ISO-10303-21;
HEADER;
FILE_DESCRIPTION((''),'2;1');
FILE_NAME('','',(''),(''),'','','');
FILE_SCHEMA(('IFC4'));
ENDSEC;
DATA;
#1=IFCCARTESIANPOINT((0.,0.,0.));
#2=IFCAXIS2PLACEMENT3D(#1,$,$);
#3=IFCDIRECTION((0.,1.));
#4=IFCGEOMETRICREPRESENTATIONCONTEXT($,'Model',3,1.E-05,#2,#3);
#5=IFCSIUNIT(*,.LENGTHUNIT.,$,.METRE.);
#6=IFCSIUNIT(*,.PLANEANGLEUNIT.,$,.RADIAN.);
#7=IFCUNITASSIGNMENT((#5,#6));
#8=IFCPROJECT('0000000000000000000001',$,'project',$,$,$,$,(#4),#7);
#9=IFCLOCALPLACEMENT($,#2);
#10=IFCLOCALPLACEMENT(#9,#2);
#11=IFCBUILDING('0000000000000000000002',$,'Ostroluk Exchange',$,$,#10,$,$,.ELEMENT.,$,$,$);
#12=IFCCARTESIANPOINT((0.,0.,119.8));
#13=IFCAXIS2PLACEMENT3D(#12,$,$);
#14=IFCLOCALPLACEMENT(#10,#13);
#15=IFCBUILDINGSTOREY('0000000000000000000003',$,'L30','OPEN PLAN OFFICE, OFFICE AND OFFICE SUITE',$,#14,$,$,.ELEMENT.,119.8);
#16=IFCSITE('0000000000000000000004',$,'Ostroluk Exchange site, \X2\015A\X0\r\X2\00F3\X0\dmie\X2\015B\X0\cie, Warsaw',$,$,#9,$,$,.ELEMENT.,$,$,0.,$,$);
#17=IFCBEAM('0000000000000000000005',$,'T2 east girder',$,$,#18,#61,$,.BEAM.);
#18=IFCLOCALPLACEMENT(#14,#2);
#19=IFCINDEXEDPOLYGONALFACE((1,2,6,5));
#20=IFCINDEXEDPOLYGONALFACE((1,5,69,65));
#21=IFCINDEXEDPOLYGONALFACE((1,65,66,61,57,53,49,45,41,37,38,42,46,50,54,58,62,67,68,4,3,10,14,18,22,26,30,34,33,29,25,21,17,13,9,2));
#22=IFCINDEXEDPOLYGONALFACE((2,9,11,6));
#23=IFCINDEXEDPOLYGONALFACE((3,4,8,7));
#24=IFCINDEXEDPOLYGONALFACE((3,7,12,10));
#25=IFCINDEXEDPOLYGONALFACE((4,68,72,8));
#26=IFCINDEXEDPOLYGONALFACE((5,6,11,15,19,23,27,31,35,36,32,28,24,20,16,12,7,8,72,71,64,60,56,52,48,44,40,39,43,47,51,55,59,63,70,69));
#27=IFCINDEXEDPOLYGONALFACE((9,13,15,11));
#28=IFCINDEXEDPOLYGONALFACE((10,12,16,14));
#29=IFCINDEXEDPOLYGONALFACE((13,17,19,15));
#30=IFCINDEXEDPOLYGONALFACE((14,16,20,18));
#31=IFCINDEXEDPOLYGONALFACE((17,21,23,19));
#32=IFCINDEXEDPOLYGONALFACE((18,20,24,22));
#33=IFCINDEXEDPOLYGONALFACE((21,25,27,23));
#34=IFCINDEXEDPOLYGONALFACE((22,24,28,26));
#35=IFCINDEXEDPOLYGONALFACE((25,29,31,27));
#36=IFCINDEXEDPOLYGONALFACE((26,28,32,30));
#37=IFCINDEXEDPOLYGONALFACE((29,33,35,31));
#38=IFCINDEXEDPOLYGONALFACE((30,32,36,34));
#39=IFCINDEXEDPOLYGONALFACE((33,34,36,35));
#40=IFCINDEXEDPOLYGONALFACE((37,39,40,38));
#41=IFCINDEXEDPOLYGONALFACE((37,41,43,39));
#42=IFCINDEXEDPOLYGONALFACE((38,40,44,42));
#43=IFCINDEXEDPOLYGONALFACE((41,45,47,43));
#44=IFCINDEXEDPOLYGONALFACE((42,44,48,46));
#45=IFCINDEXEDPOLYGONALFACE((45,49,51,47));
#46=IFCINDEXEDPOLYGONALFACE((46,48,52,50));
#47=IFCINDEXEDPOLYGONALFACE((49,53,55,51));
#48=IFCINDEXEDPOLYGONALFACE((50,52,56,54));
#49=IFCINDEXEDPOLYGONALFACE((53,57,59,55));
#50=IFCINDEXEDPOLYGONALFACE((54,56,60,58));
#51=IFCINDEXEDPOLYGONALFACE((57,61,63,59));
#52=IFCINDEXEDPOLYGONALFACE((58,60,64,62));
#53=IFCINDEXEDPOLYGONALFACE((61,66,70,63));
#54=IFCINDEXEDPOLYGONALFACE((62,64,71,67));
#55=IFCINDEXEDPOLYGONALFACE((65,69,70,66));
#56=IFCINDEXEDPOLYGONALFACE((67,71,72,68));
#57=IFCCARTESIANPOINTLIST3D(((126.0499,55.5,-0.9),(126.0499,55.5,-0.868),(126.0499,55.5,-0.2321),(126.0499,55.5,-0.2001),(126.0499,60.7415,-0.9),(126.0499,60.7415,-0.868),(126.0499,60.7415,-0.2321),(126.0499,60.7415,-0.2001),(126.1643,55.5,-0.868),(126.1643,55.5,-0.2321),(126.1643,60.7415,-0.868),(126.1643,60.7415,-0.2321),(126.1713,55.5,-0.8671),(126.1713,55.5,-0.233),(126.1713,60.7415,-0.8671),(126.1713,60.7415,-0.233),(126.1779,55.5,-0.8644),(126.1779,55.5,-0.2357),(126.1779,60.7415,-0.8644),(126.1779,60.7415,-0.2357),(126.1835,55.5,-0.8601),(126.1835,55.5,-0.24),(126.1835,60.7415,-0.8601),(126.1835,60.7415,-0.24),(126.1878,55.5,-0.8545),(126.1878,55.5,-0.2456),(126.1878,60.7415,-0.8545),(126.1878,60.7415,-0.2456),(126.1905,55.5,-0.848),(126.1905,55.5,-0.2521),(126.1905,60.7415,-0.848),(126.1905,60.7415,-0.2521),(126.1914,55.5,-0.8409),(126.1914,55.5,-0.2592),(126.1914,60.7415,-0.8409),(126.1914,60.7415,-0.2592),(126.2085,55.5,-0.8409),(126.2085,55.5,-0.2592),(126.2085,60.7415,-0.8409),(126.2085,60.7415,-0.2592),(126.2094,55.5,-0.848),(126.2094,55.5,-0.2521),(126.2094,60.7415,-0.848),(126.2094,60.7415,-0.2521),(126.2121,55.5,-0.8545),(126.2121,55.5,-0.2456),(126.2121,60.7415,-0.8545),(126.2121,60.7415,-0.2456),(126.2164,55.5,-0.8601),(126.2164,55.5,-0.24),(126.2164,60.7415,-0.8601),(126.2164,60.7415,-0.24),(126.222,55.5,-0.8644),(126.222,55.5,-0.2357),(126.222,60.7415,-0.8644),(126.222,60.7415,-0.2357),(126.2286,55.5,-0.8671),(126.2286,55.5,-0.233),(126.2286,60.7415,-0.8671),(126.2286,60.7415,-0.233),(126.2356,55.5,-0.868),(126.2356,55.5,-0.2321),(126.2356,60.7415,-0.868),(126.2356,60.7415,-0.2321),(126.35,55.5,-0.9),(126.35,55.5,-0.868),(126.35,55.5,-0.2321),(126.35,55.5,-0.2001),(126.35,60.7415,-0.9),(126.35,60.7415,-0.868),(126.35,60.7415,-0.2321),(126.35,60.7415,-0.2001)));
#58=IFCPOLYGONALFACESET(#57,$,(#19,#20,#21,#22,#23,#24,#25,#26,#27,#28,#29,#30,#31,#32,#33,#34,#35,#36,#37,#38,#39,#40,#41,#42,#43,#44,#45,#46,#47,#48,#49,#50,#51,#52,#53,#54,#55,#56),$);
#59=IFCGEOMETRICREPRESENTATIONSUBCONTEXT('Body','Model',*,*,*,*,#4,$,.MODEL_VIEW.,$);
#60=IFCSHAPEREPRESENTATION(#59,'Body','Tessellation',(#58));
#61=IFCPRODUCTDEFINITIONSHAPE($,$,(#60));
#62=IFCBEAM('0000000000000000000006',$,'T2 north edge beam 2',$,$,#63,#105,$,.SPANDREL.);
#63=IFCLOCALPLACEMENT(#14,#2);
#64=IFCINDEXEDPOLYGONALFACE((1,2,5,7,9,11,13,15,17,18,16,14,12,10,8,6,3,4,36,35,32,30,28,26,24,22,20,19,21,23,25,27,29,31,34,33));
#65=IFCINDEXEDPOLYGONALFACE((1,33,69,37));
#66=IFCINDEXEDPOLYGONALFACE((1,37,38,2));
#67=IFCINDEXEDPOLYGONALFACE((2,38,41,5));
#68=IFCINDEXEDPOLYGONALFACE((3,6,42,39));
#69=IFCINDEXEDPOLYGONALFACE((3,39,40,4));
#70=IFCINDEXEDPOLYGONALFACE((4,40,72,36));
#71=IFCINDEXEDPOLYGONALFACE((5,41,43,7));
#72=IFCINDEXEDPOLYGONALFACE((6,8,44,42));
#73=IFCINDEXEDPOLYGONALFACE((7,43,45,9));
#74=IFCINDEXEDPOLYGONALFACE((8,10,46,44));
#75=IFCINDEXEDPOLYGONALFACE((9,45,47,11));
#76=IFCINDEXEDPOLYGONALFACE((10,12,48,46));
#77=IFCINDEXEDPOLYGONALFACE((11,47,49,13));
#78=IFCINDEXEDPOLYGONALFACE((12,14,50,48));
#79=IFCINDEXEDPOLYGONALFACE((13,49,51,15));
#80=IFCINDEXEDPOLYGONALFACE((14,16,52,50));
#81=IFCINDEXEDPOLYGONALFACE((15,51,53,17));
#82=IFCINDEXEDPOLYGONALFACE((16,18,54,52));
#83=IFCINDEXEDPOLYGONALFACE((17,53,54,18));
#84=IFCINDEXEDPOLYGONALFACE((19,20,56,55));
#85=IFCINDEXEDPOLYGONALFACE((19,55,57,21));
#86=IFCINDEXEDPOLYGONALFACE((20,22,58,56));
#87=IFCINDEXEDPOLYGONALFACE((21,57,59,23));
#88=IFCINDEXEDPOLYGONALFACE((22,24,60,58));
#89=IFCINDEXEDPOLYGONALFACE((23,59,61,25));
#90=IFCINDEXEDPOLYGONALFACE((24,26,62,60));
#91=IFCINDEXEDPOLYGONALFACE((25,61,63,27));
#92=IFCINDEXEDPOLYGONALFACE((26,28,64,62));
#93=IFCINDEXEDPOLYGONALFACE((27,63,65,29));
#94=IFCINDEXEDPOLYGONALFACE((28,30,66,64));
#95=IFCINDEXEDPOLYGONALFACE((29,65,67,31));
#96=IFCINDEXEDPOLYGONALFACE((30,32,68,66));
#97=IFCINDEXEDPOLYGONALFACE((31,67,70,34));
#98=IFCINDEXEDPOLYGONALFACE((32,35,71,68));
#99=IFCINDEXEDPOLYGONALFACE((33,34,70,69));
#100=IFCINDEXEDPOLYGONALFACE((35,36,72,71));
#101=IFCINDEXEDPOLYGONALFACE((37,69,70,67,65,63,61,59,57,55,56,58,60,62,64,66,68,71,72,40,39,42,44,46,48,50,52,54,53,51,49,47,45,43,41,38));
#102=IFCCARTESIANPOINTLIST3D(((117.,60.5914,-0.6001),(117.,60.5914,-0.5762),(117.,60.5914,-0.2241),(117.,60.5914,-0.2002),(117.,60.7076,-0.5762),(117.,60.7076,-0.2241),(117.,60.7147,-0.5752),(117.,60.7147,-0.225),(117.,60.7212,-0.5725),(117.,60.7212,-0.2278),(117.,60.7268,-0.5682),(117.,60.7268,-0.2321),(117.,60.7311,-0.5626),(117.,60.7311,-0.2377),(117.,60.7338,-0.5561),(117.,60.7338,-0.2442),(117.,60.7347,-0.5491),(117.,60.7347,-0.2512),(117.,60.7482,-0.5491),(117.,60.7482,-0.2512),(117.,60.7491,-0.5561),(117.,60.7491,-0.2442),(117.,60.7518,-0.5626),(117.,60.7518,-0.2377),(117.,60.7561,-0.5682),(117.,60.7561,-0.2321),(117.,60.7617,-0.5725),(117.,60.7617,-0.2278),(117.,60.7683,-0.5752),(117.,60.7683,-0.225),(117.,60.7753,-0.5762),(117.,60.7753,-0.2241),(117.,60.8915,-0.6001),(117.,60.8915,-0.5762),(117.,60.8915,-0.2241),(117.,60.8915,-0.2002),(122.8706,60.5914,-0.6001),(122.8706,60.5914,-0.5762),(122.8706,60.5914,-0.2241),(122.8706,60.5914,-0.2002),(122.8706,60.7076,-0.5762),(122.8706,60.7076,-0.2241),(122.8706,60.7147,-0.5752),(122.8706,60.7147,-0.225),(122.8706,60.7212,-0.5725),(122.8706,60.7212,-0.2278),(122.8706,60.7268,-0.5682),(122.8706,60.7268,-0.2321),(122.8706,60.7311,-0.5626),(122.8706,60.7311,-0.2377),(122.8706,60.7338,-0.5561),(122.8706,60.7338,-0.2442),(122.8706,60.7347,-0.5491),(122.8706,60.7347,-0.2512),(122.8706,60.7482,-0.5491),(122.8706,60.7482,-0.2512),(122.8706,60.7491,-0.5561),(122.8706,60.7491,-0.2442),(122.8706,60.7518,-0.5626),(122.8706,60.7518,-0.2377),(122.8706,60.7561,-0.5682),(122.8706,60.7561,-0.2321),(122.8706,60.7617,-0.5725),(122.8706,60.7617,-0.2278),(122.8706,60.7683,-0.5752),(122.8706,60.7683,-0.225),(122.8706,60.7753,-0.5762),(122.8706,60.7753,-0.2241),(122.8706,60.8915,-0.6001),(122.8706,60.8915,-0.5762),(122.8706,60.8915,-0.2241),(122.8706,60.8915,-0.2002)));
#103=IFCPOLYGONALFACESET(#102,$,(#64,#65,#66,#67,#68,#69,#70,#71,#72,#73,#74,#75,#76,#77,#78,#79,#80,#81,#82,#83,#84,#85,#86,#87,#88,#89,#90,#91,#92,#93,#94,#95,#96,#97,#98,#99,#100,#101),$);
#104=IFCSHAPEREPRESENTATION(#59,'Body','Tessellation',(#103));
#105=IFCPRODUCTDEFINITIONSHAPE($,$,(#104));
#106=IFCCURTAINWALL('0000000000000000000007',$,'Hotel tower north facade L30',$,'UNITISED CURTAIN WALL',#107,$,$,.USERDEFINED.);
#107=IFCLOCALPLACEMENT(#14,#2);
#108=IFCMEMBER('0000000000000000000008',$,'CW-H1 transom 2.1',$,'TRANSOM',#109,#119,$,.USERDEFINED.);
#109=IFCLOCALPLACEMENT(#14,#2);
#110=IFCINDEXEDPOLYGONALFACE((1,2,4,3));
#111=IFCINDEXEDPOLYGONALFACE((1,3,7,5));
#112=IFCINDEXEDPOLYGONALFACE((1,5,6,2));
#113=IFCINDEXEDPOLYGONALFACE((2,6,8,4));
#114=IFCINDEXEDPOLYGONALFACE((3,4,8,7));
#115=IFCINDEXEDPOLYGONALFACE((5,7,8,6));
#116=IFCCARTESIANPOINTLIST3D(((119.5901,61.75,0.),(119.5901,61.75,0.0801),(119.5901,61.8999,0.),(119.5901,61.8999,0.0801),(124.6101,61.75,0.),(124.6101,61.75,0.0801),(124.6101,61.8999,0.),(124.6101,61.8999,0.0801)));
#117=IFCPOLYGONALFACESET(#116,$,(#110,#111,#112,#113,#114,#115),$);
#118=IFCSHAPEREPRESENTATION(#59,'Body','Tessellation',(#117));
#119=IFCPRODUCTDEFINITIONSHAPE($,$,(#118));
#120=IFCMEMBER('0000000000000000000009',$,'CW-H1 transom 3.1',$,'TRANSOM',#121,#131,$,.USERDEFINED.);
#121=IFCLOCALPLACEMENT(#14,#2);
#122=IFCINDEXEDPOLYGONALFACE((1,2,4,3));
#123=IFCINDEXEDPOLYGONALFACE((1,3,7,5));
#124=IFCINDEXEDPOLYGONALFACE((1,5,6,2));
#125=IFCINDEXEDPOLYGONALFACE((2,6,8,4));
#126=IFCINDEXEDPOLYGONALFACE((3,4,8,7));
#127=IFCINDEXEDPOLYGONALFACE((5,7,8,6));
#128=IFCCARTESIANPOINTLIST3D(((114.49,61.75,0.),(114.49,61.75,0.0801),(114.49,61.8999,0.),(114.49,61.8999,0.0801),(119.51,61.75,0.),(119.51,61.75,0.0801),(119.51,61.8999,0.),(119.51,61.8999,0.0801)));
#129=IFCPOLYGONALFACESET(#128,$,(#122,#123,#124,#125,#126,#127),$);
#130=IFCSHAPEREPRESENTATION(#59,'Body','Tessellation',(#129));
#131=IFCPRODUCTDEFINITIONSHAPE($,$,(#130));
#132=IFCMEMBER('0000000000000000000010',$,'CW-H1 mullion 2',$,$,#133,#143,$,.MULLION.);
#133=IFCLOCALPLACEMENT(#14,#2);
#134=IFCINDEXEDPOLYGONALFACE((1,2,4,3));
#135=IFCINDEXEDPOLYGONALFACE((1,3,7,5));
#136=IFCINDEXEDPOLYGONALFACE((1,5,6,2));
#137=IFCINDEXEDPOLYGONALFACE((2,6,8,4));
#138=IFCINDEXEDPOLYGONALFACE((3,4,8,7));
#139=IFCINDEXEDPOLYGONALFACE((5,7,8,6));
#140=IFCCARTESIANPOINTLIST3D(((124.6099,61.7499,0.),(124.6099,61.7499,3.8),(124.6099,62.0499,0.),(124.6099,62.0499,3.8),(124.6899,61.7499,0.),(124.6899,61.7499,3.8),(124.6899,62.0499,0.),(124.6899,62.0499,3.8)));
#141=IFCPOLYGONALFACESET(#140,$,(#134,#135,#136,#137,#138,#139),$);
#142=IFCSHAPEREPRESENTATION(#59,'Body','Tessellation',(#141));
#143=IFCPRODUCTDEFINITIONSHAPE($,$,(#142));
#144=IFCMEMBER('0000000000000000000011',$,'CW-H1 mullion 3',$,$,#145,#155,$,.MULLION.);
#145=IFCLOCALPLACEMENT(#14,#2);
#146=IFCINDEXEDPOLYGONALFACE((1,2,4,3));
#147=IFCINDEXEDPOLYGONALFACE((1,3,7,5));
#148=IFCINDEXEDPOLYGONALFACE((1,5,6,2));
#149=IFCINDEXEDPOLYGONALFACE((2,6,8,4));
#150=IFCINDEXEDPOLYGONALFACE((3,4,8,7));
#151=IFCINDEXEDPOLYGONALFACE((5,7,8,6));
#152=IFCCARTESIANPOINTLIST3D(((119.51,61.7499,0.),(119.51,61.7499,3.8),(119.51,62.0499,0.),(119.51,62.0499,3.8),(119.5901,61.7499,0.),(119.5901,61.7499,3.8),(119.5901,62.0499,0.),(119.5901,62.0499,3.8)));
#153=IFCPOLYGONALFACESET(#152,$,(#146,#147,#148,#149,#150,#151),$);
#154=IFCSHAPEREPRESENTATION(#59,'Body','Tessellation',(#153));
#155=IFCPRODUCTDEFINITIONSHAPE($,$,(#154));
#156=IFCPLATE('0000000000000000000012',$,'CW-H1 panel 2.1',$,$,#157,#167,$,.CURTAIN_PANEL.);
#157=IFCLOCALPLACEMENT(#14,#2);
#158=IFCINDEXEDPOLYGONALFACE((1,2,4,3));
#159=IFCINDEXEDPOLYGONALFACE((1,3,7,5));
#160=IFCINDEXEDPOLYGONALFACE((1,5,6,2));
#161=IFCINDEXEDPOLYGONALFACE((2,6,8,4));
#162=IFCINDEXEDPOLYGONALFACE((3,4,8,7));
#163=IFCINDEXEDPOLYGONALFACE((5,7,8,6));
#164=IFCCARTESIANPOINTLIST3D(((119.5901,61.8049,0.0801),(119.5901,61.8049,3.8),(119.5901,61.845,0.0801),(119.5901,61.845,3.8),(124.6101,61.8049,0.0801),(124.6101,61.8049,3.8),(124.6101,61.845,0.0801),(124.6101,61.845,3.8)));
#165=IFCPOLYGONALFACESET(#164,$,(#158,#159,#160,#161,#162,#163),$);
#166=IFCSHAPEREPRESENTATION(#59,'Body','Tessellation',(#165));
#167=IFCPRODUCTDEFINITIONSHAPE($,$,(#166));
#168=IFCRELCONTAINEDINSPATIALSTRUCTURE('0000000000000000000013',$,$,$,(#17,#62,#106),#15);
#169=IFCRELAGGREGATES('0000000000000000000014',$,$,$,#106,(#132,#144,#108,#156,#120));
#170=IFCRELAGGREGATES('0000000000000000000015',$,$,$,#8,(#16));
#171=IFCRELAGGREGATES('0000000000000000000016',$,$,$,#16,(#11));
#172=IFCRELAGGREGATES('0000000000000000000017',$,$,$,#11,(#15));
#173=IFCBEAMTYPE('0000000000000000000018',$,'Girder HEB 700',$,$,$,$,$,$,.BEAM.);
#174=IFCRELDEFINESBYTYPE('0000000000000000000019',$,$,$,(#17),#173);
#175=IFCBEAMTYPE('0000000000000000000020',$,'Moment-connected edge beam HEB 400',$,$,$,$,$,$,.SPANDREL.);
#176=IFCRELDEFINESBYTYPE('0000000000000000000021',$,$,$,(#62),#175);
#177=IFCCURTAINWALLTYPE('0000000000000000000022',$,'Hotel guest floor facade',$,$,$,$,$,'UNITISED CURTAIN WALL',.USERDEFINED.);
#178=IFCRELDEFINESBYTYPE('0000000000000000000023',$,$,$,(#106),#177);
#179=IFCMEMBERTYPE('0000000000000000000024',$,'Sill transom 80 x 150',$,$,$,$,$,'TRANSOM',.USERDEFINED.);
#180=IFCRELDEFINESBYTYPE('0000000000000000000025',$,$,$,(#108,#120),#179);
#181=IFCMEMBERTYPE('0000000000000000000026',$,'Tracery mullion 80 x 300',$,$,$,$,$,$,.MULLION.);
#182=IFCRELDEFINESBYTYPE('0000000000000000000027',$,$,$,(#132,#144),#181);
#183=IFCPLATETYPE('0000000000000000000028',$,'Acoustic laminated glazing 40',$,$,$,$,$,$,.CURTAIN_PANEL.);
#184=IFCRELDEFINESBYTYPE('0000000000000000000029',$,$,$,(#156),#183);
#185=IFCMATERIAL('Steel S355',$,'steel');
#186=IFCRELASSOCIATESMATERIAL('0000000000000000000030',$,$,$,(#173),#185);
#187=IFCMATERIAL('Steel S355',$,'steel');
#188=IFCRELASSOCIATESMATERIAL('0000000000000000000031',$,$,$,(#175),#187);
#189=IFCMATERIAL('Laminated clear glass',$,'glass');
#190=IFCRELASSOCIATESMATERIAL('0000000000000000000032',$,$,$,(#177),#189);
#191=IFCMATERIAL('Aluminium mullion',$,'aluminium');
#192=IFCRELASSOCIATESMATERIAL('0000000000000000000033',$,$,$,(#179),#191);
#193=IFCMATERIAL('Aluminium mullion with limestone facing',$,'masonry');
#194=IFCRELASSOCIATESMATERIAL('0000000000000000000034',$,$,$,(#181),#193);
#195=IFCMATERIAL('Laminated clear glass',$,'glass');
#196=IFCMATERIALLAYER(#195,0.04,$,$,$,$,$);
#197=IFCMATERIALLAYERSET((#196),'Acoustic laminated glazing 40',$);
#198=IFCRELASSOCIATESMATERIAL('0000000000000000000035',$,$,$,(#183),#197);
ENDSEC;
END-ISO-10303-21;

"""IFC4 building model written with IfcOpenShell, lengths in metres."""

from ifc_helpers import new_model, si_unit, direction, frame, origin, origin_2d, place, context, subcontext, project, spatial, rectangle, i_section, extrude, material, layer, layer_set, material_profile, profile_set, type_object, element, aggregate, save


model = new_model("IFC4")

# Units and contexts
model_context = context("Model", 3, precision=1e-05, world=origin(), true_north=direction((0.0, 1.0)))
body_context = subcontext(model_context, "Body", "Model", "MODEL_VIEW")
ifc_project = project(units=[si_unit("LENGTHUNIT", "METRE"), si_unit("PLANEANGLEUNIT", "RADIAN")], contexts=[model_context])

# Site, building, storey
site_placement = place(None, origin())
site = spatial("IfcSite", under=ifc_project, at=site_placement, Name="Ostroluk Exchange site, Śródmieście, Warsaw", CompositionType="ELEMENT", RefElevation=0.0)
building_placement = place(site_placement, origin())
building = spatial("IfcBuilding", under=site, at=building_placement, Name="Ostroluk Exchange", CompositionType="ELEMENT")
storey_placement = place(building_placement, frame((0.0, 0.0, 119.8)))
storey = spatial("IfcBuildingStorey", under=building, at=storey_placement, Name="L30", Description="OPEN PLAN OFFICE, OFFICE AND OFFICE SUITE", CompositionType="ELEMENT", Elevation=119.8)

# Beams
ifc_material_1 = material(Name="Steel S355", Category="steel")
ifc_material_profile_1 = material_profile(ifc_material_1, i_section(OverallWidth=0.3, OverallDepth=0.7, WebThickness=0.0171, FlangeThickness=0.032, FilletRadius=0.0271, at=origin_2d()), Name="HEB 700")
ifc_profile_set_1 = profile_set([ifc_material_profile_1], Name="Steel S355")
beam_type_1 = type_object("IfcBeamType", Name="Girder HEB 700", PredefinedType="BEAM", material=ifc_profile_set_1)
beam_1_placement = place(storey_placement, frame((126.2, 55.5, -0.55), z_axis=(0.0, 1.0, 0.0), x_axis=(-1.0, 0.0, 0.0)))
element("IfcBeam", 1, at=beam_1_placement, inside=storey, type_object=beam_type_1, Name="T2 east girder", PredefinedType="BEAM", context=body_context, shape_type="SweptSolid", body=[
    extrude(i_section(OverallWidth=0.3, OverallDepth=0.7, WebThickness=0.0171, FlangeThickness=0.032, FilletRadius=0.0271, at=origin_2d()), origin(), (0.0, 0.0, 1.0), 5.2415),
])
ifc_material_2 = material(Name="Steel S355", Category="steel")
ifc_material_profile_2 = material_profile(ifc_material_2, i_section(OverallWidth=0.3, OverallDepth=0.3999, WebThickness=0.0134, FlangeThickness=0.0239, FilletRadius=0.0271, at=origin_2d()), Name="HEB 400")
ifc_profile_set_2 = profile_set([ifc_material_profile_2], Name="Steel S355")
beam_type_2 = type_object("IfcBeamType", Name="Moment-connected edge beam HEB 400", PredefinedType="SPANDREL", material=ifc_profile_set_2)
beam_2_placement = place(storey_placement, frame((122.8706, 60.7415, -0.4001), z_axis=(-1.0, 0.0, 0.0), x_axis=(0.0, -1.0, 0.0)))
element("IfcBeam", 2, at=beam_2_placement, inside=storey, type_object=beam_type_2, Name="T2 north edge beam 2", PredefinedType="SPANDREL", context=body_context, shape_type="SweptSolid", body=[
    extrude(i_section(OverallWidth=0.3, OverallDepth=0.3999, WebThickness=0.0134, FlangeThickness=0.0239, FilletRadius=0.0271, at=origin_2d()), origin(), (0.0, 0.0, 1.0), 5.8706),
])

# Curtain wall, members, plate
ifc_material_3 = material(Name="Laminated clear glass", Category="glass")
curtain_wall_type = type_object("IfcCurtainWallType", Name="Hotel guest floor facade", ElementType="UNITISED CURTAIN WALL", PredefinedType="USERDEFINED", material=ifc_material_3)
curtain_wall_placement = place(storey_placement, origin())
curtain_wall = element("IfcCurtainWall", 3, at=curtain_wall_placement, inside=storey, type_object=curtain_wall_type, Name="Hotel tower north facade L30", ObjectType="UNITISED CURTAIN WALL", PredefinedType="USERDEFINED")
ifc_material_4 = material(Name="Aluminium mullion", Category="aluminium")
ifc_material_profile_3 = material_profile(ifc_material_4, rectangle(XDim=0.1499, YDim=0.0801, at=origin_2d()), Name="Sill transom 80 x 150")
ifc_profile_set_3 = profile_set([ifc_material_profile_3], Name="Aluminium mullion")
member_type_1 = type_object("IfcMemberType", Name="Sill transom 80 x 150", ElementType="TRANSOM", PredefinedType="USERDEFINED", material=ifc_profile_set_3)
member_1_placement = place(storey_placement, frame((124.6101, 61.825, 0.04), z_axis=(-1.0, 0.0, 0.0), x_axis=(0.0, -1.0, 0.0)))
member_1 = element("IfcMember", 4, at=member_1_placement, type_object=member_type_1, Name="CW-H1 transom 2.1", ObjectType="TRANSOM", PredefinedType="USERDEFINED", context=body_context, shape_type="SweptSolid", body=[
    extrude(rectangle(XDim=0.1499, YDim=0.0801, at=origin_2d()), origin(), (0.0, 0.0, 1.0), 5.02),
])
member_2_placement = place(storey_placement, frame((119.51, 61.825, 0.04), z_axis=(-1.0, 0.0, 0.0), x_axis=(0.0, -1.0, 0.0)))
member_2 = element("IfcMember", 5, at=member_2_placement, type_object=member_type_1, Name="CW-H1 transom 3.1", ObjectType="TRANSOM", PredefinedType="USERDEFINED", context=body_context, shape_type="SweptSolid", body=[
    extrude(rectangle(XDim=0.1499, YDim=0.0801, at=origin_2d()), origin(), (0.0, 0.0, 1.0), 5.02),
])
ifc_material_5 = material(Name="Aluminium mullion with limestone facing", Category="masonry")
ifc_material_profile_4 = material_profile(ifc_material_5, rectangle(XDim=0.3, YDim=0.0801, at=origin_2d()), Name="Tracery mullion 80 x 300")
ifc_profile_set_4 = profile_set([ifc_material_profile_4], Name="Aluminium mullion with limestone facing")
member_type_2 = type_object("IfcMemberType", Name="Tracery mullion 80 x 300", PredefinedType="MULLION", material=ifc_profile_set_4)
member_3_placement = place(storey_placement, frame((124.6499, 61.8999, 0.0), z_axis=(0.0, 0.0, 1.0), x_axis=(0.0, -1.0, 0.0)))
member_3 = element("IfcMember", 6, at=member_3_placement, type_object=member_type_2, Name="CW-H1 mullion 2", PredefinedType="MULLION", context=body_context, shape_type="SweptSolid", body=[
    extrude(rectangle(XDim=0.3, YDim=0.0801, at=origin_2d()), origin(), (0.0, 0.0, 1.0), 3.8),
])
member_4_placement = place(storey_placement, frame((119.55, 61.8999, 0.0), z_axis=(0.0, 0.0, 1.0), x_axis=(0.0, -1.0, 0.0)))
member_4 = element("IfcMember", 7, at=member_4_placement, type_object=member_type_2, Name="CW-H1 mullion 3", PredefinedType="MULLION", context=body_context, shape_type="SweptSolid", body=[
    extrude(rectangle(XDim=0.3, YDim=0.0801, at=origin_2d()), origin(), (0.0, 0.0, 1.0), 3.8),
])
ifc_material_6 = material(Name="Laminated clear glass", Category="glass")
ifc_layer_1 = layer(ifc_material_6, 0.04)
ifc_layer_set_1 = layer_set([ifc_layer_1], Name="Acoustic laminated glazing 40")
plate_type = type_object("IfcPlateType", Name="Acoustic laminated glazing 40", PredefinedType="CURTAIN_PANEL", material=ifc_layer_set_1)
plate_placement = place(storey_placement, frame((122.1001, 61.825, 0.0801), z_axis=(0.0, 0.0, 1.0), x_axis=(-1.0, 0.0, 0.0)))
plate = element("IfcPlate", 8, at=plate_placement, type_object=plate_type, Name="CW-H1 panel 2.1", PredefinedType="CURTAIN_PANEL", context=body_context, shape_type="SweptSolid", body=[
    extrude(rectangle(XDim=5.02, YDim=0.04, at=origin_2d()), origin(), (0.0, 0.0, 1.0), 3.72),
])
aggregate(curtain_wall, [member_3, member_4, member_1, plate, member_2])

save(model, "model.ifc")
